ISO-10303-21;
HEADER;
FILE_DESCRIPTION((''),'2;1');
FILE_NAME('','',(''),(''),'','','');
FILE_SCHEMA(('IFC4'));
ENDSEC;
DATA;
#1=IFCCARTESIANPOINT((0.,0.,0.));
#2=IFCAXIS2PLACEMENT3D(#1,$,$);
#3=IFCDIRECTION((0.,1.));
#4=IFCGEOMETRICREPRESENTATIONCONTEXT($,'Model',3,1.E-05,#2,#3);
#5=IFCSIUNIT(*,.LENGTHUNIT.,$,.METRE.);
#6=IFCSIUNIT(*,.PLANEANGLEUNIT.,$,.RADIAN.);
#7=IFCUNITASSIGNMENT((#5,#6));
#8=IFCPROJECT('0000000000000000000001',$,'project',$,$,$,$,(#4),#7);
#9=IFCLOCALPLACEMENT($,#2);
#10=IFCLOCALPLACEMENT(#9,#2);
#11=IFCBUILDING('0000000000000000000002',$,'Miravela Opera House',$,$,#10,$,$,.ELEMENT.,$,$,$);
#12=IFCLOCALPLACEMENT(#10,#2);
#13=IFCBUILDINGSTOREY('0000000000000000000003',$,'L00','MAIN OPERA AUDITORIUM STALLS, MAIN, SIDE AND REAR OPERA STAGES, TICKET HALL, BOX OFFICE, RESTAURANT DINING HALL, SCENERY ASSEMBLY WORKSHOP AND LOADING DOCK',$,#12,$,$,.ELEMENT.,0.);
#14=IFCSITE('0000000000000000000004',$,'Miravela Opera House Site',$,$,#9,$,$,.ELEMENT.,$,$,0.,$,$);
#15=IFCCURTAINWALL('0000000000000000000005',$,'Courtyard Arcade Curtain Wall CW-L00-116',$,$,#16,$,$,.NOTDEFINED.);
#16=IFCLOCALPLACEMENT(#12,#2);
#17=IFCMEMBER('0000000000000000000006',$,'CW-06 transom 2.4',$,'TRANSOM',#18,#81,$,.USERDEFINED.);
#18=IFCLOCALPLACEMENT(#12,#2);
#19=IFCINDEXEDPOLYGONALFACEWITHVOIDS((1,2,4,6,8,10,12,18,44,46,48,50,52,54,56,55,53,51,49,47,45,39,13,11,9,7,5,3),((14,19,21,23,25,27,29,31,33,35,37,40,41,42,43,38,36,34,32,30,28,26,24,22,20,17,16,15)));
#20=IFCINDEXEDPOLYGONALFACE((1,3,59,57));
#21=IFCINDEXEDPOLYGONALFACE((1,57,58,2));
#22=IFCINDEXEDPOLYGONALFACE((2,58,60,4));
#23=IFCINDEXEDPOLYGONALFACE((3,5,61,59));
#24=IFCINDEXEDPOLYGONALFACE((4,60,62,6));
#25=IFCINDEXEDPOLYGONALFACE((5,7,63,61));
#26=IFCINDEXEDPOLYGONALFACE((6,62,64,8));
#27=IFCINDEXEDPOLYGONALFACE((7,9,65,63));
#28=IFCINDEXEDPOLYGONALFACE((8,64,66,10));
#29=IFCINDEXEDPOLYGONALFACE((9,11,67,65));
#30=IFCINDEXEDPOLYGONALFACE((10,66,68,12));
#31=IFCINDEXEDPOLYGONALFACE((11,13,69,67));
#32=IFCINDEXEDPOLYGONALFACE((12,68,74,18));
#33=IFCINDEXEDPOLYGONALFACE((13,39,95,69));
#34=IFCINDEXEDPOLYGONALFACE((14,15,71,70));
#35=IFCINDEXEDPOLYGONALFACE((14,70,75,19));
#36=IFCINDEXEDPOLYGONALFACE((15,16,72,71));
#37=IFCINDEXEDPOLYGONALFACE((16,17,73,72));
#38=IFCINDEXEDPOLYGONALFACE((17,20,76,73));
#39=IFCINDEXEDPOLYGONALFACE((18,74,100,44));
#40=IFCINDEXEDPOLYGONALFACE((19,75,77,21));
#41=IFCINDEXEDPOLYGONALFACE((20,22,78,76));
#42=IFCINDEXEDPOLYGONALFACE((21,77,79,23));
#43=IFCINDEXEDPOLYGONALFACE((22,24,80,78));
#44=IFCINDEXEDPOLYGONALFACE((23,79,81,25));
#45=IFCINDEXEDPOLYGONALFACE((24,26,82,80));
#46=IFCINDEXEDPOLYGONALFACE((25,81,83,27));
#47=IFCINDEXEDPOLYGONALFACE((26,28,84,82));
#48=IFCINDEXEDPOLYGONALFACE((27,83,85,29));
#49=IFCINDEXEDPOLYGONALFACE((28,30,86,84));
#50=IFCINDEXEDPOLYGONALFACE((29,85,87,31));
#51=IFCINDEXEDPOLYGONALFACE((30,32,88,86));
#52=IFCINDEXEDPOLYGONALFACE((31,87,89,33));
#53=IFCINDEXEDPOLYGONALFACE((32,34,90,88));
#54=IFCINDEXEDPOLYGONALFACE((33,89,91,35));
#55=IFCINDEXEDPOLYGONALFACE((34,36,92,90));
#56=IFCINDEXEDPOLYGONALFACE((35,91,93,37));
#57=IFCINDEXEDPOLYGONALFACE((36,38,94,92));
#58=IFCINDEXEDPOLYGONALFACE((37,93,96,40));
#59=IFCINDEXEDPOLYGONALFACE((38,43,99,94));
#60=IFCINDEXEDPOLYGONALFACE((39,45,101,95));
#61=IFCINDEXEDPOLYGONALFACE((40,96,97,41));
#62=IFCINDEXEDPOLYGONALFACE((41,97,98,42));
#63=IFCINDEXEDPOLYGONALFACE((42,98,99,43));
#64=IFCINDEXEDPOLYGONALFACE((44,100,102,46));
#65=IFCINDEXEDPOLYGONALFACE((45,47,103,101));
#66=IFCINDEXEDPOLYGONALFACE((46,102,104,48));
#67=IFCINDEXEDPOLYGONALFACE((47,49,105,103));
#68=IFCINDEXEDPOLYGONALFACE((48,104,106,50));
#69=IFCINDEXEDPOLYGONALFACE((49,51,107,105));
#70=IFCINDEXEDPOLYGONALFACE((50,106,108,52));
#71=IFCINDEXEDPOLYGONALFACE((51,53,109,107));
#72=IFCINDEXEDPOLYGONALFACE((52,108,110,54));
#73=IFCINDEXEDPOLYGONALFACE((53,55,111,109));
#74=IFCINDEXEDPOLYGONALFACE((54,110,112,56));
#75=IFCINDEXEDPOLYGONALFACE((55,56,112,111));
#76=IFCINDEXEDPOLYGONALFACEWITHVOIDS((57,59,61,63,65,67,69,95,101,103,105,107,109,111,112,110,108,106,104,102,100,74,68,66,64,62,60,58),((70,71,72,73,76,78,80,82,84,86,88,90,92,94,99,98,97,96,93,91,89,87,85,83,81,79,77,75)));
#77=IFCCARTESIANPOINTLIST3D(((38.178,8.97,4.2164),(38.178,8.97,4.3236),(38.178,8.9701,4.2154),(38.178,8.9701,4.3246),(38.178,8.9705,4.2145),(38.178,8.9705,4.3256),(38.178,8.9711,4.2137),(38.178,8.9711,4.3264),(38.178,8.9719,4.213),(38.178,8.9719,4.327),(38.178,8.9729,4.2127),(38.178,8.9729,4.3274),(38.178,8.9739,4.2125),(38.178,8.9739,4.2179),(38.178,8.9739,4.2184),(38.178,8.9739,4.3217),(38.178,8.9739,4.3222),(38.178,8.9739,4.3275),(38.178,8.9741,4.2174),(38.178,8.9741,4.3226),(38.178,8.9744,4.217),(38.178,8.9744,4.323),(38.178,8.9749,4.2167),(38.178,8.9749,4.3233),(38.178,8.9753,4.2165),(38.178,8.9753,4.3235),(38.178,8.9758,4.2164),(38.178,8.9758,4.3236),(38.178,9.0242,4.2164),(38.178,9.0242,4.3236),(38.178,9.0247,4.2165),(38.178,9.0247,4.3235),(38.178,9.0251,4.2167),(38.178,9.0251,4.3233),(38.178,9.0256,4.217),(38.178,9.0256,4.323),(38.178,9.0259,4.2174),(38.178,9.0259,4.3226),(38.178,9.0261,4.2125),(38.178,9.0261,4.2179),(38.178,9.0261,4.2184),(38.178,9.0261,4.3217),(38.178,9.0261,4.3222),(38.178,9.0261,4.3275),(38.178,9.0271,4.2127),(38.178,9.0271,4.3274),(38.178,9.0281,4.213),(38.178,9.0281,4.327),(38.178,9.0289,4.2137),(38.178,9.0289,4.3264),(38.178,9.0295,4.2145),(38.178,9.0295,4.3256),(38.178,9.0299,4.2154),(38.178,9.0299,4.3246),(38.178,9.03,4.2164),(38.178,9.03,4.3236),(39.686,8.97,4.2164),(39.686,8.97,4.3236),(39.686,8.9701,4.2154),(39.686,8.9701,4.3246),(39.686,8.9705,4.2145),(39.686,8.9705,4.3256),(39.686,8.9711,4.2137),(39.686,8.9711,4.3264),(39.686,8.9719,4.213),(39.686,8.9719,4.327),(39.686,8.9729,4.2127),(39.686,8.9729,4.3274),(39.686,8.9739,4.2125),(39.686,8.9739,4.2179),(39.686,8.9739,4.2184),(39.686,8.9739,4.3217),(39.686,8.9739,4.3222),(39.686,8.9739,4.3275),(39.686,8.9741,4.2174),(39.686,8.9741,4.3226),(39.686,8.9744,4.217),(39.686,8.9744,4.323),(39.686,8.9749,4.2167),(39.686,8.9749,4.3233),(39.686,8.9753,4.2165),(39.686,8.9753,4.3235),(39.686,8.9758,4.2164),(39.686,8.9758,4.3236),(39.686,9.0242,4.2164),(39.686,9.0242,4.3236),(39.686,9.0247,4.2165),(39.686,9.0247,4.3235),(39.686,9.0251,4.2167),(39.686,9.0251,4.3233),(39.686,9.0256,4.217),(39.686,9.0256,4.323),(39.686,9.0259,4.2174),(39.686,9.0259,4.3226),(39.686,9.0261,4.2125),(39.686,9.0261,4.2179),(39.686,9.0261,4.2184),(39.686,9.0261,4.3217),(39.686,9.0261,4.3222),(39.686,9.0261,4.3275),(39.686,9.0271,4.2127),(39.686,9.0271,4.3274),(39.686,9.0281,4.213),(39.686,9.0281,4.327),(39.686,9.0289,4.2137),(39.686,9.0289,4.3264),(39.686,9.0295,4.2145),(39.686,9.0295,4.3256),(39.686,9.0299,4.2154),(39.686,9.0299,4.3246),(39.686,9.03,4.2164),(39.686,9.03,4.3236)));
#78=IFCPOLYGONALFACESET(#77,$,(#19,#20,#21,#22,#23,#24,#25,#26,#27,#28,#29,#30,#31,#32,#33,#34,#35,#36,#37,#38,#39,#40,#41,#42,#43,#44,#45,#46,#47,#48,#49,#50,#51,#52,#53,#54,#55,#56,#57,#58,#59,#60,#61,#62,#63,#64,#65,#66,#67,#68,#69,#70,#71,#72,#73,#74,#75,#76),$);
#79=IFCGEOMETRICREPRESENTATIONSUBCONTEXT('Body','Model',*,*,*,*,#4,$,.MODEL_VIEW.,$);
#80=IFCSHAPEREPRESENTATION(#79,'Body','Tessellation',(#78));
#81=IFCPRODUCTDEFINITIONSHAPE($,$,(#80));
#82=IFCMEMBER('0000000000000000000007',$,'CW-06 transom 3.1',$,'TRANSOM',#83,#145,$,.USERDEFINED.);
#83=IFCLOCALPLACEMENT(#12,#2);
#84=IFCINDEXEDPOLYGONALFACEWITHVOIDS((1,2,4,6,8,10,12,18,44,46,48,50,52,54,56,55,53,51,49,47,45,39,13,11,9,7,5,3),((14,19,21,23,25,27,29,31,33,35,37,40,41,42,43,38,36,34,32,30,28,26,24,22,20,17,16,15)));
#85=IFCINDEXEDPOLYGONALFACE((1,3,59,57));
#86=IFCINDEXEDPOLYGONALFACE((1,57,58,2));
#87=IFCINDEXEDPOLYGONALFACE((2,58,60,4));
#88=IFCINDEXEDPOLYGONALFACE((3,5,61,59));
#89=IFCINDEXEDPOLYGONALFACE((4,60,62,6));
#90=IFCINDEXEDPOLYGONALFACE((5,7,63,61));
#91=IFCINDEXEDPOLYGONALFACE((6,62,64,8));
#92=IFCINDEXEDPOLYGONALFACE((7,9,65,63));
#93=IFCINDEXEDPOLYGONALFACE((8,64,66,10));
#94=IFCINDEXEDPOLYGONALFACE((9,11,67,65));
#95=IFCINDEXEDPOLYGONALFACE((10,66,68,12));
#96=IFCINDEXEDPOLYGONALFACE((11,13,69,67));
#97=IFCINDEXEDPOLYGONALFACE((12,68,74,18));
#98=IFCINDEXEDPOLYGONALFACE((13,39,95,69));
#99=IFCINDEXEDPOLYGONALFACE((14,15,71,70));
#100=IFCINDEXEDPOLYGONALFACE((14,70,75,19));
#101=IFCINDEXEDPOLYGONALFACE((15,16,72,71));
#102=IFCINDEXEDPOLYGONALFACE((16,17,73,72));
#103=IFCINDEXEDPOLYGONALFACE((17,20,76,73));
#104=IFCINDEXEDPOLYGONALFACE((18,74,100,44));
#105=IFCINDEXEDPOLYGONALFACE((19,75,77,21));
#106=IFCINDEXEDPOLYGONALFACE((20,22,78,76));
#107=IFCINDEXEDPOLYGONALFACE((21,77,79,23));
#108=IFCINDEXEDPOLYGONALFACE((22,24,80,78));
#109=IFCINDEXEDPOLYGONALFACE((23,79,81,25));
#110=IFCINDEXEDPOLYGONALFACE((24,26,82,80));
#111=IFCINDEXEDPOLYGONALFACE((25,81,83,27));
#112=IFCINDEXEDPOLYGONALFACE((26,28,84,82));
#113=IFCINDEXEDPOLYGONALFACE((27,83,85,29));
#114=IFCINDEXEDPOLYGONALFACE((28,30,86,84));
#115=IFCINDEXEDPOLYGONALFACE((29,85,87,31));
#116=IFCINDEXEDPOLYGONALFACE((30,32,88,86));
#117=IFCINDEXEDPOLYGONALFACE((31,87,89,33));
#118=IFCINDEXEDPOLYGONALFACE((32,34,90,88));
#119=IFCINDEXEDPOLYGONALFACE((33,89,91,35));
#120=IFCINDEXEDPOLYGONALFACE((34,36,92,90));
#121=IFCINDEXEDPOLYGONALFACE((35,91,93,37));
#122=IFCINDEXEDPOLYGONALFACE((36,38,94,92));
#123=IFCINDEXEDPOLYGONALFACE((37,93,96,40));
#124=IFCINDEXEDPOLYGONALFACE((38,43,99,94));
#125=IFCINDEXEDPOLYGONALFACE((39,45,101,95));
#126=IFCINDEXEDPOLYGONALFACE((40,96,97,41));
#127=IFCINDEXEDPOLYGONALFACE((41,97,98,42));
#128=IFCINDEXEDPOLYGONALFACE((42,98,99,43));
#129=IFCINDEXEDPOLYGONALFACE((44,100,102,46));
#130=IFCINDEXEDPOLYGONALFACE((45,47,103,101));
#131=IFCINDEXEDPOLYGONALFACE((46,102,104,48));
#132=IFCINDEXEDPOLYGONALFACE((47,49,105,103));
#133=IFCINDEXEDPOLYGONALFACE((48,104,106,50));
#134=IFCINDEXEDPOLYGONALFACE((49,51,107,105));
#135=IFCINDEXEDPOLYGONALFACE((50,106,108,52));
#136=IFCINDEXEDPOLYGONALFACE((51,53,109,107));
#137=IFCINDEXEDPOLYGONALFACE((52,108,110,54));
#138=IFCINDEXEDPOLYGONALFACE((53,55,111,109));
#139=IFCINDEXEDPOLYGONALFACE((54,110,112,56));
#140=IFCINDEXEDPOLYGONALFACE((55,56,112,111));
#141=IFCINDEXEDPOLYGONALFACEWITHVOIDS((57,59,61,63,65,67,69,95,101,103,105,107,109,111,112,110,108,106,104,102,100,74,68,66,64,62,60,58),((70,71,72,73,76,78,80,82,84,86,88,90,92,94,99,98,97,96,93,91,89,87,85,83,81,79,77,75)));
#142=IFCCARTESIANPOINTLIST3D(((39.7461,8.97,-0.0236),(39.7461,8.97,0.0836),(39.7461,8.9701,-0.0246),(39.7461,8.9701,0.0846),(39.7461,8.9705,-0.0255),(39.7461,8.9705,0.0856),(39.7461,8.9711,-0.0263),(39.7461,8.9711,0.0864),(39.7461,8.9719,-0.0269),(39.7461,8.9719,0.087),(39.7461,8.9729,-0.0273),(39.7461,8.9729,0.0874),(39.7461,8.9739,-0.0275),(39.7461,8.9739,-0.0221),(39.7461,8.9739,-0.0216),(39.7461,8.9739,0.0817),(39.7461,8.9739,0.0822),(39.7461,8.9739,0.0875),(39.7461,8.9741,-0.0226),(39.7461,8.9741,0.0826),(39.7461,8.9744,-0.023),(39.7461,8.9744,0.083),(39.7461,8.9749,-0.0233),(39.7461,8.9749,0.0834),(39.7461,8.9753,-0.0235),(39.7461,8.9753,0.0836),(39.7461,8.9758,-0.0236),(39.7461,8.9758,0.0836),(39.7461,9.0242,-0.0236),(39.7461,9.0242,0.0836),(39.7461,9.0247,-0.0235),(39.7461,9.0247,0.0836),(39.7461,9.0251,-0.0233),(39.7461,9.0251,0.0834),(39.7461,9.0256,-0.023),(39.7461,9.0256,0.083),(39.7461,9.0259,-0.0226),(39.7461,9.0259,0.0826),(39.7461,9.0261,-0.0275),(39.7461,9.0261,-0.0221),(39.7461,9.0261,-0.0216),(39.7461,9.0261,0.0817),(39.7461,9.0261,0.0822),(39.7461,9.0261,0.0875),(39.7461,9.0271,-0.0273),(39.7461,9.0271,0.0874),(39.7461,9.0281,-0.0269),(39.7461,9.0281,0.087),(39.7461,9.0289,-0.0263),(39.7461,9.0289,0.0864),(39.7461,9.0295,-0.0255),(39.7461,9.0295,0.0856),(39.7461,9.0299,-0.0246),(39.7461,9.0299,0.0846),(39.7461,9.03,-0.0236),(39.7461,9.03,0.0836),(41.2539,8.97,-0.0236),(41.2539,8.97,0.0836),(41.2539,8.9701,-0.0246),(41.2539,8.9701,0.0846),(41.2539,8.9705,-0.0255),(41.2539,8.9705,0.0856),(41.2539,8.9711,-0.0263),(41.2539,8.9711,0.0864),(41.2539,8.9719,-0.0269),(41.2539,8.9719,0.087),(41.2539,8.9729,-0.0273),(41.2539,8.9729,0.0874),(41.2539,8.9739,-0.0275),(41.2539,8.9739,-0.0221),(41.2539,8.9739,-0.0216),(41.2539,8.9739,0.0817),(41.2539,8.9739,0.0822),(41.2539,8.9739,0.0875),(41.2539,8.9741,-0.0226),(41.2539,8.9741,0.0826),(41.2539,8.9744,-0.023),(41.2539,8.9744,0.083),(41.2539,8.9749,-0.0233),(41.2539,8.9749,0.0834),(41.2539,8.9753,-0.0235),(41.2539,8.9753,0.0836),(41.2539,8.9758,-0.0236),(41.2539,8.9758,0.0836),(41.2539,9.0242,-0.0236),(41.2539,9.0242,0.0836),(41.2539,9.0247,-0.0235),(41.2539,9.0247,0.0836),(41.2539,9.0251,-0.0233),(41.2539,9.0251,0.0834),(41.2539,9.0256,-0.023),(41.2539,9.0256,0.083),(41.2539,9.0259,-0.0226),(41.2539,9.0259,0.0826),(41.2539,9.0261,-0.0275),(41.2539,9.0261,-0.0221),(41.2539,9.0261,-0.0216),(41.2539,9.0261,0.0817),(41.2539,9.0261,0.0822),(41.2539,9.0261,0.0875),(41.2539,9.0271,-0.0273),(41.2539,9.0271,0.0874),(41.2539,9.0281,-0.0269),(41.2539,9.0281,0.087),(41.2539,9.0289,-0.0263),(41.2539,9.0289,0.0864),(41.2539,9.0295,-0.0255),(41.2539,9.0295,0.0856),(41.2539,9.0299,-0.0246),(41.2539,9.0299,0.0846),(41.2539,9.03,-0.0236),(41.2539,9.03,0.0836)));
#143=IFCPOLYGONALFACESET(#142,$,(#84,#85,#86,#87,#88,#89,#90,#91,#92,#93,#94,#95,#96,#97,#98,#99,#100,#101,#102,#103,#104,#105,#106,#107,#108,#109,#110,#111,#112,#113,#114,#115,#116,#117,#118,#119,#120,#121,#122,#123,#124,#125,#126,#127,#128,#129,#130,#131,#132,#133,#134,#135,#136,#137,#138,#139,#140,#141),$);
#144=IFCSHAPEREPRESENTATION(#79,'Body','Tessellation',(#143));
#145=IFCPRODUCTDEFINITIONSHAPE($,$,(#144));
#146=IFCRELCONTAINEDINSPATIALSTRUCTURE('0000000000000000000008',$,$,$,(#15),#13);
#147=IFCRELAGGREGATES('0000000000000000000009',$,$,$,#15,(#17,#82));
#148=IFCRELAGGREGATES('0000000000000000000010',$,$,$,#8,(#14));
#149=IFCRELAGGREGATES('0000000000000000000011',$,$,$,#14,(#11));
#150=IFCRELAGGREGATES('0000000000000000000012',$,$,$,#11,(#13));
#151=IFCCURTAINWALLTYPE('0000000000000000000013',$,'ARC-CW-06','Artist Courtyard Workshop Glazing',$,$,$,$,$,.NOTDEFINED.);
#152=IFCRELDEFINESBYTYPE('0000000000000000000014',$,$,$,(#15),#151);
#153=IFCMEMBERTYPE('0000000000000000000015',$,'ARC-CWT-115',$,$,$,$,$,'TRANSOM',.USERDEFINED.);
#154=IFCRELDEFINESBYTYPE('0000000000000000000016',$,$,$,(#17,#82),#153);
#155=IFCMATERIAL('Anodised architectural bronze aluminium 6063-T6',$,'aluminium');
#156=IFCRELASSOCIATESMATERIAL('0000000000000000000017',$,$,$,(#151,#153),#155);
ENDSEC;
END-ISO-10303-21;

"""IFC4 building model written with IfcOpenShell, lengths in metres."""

from ifc_helpers import new_model, si_unit, direction, frame, origin, origin_2d, place, context, subcontext, project, spatial, hollow_rectangle, extrude, material, material_profile, profile_set, type_object, element, aggregate, save


model = new_model("IFC4")

# Units and contexts
model_context = context("Model", 3, precision=1e-05, world=origin(), true_north=direction((0.0, 1.0)))
body_context = subcontext(model_context, "Body", "Model", "MODEL_VIEW")
ifc_project = project(units=[si_unit("LENGTHUNIT", "METRE"), si_unit("PLANEANGLEUNIT", "RADIAN")], contexts=[model_context])

# Site, building, storey
site_placement = place(None, origin())
site = spatial("IfcSite", under=ifc_project, at=site_placement, Name="Miravela Opera House Site", CompositionType="ELEMENT", RefElevation=0.0)
building_placement = place(site_placement, origin())
building = spatial("IfcBuilding", under=site, at=building_placement, Name="Miravela Opera House", CompositionType="ELEMENT")
storey_placement = place(building_placement, origin())
storey = spatial("IfcBuildingStorey", under=building, at=storey_placement, Name="L00", Description="MAIN OPERA AUDITORIUM STALLS, MAIN, SIDE AND REAR OPERA STAGES, TICKET HALL, BOX OFFICE, RESTAURANT DINING HALL, SCENERY ASSEMBLY WORKSHOP AND LOADING DOCK", CompositionType="ELEMENT", Elevation=0.0)

# Curtain wall, members
ifc_material_1 = material(Name="Anodised architectural bronze aluminium 6063-T6", Category="aluminium")
curtain_wall_type = type_object("IfcCurtainWallType", Name="ARC-CW-06", Description="Artist Courtyard Workshop Glazing", PredefinedType="NOTDEFINED", material=ifc_material_1)
curtain_wall_placement = place(storey_placement, origin())
curtain_wall = element("IfcCurtainWall", 1, at=curtain_wall_placement, inside=storey, type_object=curtain_wall_type, Name="Courtyard Arcade Curtain Wall CW-L00-116", PredefinedType="NOTDEFINED")
ifc_material_profile_1 = material_profile(ifc_material_1, hollow_rectangle(XDim=0.0601, YDim=0.115, WallThickness=0.0039, InnerFilletRadius=0.002, OuterFilletRadius=0.0039, at=origin_2d()), Name="CWT-60X115")
ifc_profile_set_1 = profile_set([ifc_material_profile_1])
member_type_1 = type_object("IfcMemberType", Name="ARC-CWT-115", ElementType="TRANSOM", PredefinedType="USERDEFINED", material=ifc_profile_set_1)
member_1_placement = place(storey_placement, frame((38.178, 9.0, 4.27), z_axis=(1.0, 0.0, 0.0), x_axis=(0.0, 1.0, 0.0)))
member_1 = element("IfcMember", 2, at=member_1_placement, type_object=member_type_1, Name="CW-06 transom 2.4", ObjectType="TRANSOM", PredefinedType="USERDEFINED", context=body_context, shape_type="SweptSolid", body=[
    extrude(hollow_rectangle(XDim=0.0601, YDim=0.115, WallThickness=0.0039, InnerFilletRadius=0.002, OuterFilletRadius=0.0039, at=origin_2d()), origin(), (0.0, 0.0, 1.0), 1.5081),
])
member_2_placement = place(storey_placement, frame((39.7461, 9.0, 0.03), z_axis=(1.0, 0.0, 0.0), x_axis=(0.0, 1.0, 0.0)))
member_2 = element("IfcMember", 3, at=member_2_placement, type_object=member_type_1, Name="CW-06 transom 3.1", ObjectType="TRANSOM", PredefinedType="USERDEFINED", context=body_context, shape_type="SweptSolid", body=[
    extrude(hollow_rectangle(XDim=0.0601, YDim=0.115, WallThickness=0.0039, InnerFilletRadius=0.002, OuterFilletRadius=0.0039, at=origin_2d()), origin(), (0.0, 0.0, 1.0), 1.5078),
])
aggregate(curtain_wall, [member_1, member_2])

save(model, "model.ifc")
